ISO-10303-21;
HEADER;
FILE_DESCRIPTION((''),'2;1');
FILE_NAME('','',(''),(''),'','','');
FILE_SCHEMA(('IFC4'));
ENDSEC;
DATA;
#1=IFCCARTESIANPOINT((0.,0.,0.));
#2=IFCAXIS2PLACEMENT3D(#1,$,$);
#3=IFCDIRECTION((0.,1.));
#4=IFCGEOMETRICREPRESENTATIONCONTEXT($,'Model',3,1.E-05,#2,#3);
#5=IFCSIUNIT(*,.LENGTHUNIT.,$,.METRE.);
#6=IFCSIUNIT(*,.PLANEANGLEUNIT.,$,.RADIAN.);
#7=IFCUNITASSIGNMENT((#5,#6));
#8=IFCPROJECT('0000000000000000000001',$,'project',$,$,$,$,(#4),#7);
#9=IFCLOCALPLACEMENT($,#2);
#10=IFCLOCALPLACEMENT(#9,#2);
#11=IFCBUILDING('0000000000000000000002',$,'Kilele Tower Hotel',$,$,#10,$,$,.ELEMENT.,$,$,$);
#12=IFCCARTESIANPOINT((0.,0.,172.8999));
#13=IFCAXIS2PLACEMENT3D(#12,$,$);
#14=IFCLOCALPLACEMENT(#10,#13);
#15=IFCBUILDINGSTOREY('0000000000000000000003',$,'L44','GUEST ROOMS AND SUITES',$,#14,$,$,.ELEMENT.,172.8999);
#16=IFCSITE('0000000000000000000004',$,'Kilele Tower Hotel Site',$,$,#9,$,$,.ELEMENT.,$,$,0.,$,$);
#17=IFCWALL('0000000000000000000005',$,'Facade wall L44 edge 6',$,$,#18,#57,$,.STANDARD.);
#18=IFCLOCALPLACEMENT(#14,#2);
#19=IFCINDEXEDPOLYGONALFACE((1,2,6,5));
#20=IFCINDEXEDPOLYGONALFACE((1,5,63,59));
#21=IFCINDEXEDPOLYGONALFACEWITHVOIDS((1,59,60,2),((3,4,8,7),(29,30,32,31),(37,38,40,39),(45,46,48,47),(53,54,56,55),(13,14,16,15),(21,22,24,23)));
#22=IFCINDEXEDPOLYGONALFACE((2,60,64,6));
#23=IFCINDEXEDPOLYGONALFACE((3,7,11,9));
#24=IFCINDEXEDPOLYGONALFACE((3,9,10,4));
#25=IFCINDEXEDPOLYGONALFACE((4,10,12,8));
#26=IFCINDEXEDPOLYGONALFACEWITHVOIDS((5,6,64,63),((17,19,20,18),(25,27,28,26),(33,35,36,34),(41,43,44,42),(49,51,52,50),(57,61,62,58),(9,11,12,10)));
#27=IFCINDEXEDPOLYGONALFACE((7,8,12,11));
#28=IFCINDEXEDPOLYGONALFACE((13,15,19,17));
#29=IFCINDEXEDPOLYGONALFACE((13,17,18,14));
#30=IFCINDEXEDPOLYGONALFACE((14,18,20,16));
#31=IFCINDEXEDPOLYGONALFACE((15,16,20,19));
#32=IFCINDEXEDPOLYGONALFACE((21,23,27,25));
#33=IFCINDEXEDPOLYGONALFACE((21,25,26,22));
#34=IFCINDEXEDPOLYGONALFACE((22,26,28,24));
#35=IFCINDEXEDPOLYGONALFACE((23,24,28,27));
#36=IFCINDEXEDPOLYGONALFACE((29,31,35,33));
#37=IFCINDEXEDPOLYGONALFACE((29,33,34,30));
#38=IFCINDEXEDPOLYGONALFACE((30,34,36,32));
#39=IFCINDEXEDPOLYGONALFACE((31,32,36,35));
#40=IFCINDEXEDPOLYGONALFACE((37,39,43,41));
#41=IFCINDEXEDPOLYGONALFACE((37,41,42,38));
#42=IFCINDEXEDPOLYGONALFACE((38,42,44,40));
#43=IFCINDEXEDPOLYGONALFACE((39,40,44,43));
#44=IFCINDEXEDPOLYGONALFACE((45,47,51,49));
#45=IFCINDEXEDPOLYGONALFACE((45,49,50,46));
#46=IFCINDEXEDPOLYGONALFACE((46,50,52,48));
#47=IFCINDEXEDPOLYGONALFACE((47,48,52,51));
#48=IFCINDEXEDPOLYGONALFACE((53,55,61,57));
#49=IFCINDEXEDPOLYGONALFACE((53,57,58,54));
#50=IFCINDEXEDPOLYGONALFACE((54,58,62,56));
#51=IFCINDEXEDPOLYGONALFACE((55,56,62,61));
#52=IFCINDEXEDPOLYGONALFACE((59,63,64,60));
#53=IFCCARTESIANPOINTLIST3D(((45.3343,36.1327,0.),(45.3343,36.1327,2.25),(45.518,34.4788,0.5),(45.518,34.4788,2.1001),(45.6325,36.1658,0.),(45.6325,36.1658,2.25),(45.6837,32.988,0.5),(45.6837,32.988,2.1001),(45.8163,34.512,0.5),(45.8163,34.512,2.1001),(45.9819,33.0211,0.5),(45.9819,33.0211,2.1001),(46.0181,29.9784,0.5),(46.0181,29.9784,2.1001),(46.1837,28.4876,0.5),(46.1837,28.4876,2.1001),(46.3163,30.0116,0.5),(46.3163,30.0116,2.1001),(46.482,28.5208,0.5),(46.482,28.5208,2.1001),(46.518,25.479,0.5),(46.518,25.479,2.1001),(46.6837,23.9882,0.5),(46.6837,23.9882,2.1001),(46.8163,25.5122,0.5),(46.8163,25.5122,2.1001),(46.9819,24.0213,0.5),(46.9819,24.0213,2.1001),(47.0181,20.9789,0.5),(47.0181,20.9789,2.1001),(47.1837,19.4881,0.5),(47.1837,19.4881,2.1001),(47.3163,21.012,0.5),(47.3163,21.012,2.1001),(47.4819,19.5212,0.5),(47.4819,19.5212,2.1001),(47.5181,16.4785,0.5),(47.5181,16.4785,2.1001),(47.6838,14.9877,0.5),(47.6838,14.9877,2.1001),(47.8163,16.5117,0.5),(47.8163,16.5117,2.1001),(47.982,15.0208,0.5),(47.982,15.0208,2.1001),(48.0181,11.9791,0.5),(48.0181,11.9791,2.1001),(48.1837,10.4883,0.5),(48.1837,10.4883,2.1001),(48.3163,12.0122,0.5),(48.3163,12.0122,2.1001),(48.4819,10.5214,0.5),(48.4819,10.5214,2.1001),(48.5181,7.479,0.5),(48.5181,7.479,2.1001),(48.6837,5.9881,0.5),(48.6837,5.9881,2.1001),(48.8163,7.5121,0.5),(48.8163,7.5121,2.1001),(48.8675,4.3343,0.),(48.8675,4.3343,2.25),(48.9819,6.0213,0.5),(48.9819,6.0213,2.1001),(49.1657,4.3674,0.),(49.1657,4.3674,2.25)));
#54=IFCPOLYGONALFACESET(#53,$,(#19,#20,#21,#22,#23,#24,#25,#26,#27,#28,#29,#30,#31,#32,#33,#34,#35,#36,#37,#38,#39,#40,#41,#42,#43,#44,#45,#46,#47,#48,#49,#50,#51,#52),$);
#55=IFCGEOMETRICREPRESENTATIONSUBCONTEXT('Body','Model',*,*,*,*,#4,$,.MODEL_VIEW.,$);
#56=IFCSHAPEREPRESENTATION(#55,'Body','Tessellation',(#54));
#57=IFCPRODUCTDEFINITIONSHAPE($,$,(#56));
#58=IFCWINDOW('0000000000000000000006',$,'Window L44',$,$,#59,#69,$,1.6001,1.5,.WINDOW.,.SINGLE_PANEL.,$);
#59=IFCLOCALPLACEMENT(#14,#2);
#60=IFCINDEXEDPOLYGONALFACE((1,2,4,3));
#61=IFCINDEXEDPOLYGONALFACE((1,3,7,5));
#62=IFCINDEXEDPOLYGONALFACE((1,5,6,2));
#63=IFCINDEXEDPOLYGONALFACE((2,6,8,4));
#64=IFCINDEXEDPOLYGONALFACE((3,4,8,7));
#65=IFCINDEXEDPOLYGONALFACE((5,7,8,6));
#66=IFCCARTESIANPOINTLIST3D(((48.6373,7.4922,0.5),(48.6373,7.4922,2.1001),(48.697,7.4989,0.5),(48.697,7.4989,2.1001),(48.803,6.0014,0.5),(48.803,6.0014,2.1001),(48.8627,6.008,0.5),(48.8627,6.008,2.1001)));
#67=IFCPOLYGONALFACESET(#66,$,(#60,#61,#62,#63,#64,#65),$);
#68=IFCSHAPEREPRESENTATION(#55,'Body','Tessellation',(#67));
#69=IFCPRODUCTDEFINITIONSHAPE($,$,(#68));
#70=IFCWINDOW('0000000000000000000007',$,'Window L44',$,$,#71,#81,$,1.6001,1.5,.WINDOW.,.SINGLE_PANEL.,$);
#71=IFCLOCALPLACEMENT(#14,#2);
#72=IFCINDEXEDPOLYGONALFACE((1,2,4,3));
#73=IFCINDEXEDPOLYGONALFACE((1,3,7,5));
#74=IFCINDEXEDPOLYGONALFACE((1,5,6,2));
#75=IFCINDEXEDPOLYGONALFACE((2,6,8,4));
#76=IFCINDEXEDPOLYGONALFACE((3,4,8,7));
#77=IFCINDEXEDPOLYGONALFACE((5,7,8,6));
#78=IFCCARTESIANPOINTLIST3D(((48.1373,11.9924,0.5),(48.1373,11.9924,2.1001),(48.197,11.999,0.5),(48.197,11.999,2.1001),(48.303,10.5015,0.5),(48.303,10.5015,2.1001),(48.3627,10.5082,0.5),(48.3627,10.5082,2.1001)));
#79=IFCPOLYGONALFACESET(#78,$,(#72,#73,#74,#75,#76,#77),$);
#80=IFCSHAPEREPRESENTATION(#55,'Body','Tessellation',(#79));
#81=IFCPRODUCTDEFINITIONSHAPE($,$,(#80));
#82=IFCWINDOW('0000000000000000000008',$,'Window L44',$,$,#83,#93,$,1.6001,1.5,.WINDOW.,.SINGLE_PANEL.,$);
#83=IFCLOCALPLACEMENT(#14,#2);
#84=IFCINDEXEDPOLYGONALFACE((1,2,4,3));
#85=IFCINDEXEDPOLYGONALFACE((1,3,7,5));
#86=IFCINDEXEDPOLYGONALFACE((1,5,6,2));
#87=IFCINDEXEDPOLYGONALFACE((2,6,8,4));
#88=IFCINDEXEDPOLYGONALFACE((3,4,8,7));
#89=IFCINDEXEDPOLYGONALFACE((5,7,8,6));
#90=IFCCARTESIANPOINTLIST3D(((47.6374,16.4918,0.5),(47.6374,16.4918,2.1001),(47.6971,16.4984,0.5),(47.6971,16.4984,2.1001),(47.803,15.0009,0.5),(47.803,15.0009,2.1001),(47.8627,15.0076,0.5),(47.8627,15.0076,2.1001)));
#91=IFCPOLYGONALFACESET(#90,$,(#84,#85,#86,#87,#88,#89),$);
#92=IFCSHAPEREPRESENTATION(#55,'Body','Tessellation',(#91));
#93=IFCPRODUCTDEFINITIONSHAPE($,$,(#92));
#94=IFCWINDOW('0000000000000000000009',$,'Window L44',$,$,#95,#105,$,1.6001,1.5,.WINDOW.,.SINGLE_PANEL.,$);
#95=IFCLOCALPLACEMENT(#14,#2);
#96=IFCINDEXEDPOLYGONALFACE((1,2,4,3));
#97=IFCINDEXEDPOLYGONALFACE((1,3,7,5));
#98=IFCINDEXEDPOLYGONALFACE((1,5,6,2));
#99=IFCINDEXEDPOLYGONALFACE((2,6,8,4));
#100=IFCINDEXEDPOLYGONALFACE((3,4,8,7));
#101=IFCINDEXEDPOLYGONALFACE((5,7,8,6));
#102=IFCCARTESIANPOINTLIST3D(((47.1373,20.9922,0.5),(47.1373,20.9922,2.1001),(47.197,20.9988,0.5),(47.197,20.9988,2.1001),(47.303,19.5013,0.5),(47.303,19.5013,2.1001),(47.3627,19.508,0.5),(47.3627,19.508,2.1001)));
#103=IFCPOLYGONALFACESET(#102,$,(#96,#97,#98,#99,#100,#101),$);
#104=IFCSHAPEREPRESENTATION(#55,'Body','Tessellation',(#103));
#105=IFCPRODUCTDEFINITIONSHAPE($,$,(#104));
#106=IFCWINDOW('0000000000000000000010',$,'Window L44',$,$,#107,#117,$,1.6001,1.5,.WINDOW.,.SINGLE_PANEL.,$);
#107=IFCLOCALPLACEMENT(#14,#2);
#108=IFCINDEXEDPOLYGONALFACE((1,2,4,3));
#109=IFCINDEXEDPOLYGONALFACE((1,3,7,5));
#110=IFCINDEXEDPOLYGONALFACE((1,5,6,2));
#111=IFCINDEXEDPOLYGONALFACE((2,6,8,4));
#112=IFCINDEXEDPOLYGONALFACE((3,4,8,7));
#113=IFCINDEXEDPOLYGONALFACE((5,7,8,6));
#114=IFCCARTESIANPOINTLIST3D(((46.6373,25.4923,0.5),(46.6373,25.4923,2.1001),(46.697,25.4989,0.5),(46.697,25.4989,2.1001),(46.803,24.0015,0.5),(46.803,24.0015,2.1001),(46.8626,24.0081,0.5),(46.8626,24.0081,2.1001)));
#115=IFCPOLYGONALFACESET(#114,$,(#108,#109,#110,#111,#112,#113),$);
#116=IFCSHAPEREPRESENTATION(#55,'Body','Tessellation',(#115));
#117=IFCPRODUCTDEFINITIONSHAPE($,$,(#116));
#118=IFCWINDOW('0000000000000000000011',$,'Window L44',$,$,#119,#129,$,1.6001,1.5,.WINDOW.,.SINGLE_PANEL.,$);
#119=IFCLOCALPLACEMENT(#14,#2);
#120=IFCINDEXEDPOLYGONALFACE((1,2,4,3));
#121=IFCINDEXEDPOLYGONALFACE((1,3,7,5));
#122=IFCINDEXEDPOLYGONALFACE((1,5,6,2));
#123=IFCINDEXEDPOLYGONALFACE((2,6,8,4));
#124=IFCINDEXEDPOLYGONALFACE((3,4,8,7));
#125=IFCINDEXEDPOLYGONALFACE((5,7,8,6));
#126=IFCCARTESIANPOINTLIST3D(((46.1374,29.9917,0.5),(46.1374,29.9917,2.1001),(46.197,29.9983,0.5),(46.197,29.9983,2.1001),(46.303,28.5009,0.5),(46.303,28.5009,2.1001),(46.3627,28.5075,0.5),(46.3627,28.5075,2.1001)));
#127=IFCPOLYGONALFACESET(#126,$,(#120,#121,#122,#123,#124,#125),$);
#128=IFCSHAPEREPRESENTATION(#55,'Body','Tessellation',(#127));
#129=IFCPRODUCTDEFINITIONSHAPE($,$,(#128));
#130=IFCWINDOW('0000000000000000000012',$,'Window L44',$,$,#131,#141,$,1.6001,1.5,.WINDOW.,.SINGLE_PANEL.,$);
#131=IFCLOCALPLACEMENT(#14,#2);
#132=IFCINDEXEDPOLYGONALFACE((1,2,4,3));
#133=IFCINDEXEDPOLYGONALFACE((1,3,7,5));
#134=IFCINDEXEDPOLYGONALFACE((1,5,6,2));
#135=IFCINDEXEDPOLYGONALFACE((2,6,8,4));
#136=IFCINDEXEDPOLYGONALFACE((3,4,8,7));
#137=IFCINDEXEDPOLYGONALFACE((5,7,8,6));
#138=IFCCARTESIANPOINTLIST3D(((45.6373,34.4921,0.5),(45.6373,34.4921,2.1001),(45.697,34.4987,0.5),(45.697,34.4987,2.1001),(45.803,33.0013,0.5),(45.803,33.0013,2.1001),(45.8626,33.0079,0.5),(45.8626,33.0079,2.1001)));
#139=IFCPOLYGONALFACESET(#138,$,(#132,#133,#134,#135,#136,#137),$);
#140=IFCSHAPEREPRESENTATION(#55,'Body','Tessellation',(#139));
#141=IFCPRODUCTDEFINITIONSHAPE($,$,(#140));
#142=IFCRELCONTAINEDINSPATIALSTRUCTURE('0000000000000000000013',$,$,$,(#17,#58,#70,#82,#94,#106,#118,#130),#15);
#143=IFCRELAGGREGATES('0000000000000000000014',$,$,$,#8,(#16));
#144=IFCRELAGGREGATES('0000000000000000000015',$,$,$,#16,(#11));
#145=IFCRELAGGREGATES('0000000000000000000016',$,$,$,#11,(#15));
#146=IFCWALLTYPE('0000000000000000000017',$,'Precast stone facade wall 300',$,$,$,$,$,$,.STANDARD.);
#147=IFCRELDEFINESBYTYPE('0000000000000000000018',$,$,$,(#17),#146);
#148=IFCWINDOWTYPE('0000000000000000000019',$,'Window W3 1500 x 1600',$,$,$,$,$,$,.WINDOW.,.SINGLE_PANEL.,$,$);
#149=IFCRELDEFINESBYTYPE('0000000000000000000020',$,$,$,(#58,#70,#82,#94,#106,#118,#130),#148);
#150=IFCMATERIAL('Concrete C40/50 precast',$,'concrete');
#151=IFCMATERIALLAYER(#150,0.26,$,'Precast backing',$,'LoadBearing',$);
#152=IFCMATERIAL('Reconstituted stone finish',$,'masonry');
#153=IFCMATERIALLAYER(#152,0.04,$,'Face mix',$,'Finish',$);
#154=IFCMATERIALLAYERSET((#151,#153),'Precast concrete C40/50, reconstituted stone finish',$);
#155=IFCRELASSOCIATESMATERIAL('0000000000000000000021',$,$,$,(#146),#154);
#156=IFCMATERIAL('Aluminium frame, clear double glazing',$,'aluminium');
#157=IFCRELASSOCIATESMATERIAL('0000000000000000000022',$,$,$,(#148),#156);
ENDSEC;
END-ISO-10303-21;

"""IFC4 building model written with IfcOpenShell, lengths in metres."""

from ifc_helpers import new_model, si_unit, direction, frame, frame_2d, origin, place, context, subcontext, project, spatial, rectangle, extrude, material, layer, layer_set, type_object, element, fill, save


model = new_model("IFC4")

# Units and contexts
model_context = context("Model", 3, precision=1e-05, world=origin(), true_north=direction((0.0, 1.0)))
body_context = subcontext(model_context, "Body", "Model", "MODEL_VIEW")
ifc_project = project(units=[si_unit("LENGTHUNIT", "METRE"), si_unit("PLANEANGLEUNIT", "RADIAN")], contexts=[model_context])

# Site, building, storey
site_placement = place(None, origin())
site = spatial("IfcSite", under=ifc_project, at=site_placement, Name="Kilele Tower Hotel Site", CompositionType="ELEMENT", RefElevation=0.0)
building_placement = place(site_placement, origin())
building = spatial("IfcBuilding", under=site, at=building_placement, Name="Kilele Tower Hotel", CompositionType="ELEMENT")
storey_placement = place(building_placement, frame((0.0, 0.0, 172.8999)))
storey = spatial("IfcBuildingStorey", under=building, at=storey_placement, Name="L44", Description="GUEST ROOMS AND SUITES", CompositionType="ELEMENT", Elevation=172.8999)

# Shared definitions
ifc_material_1 = material(Name="Concrete C40/50 precast", Category="concrete")
ifc_layer_1 = layer(ifc_material_1, 0.26, Name="Precast backing", Category="LoadBearing")
ifc_material_2 = material(Name="Reconstituted stone finish", Category="masonry")
ifc_layer_2 = layer(ifc_material_2, 0.04, Name="Face mix", Category="Finish")
ifc_layer_set_1 = layer_set([ifc_layer_1, ifc_layer_2], Name="Precast concrete C40/50, reconstituted stone finish")
wall_type_1 = type_object("IfcWallType", Name="Precast stone facade wall 300", PredefinedType="STANDARD", material=ifc_layer_set_1)
ifc_material_3 = material(Name="Aluminium frame, clear double glazing", Category="aluminium")
window_type_1 = type_object("IfcWindowType", Name="Window W3 1500 x 1600", PartitioningType="SINGLE_PANEL", PredefinedType="WINDOW", material=ifc_material_3)

# Wall, openings, windows
wall_1_placement = place(storey_placement, frame((49.0166, 4.3508, 0.0), z_axis=(0.0, 0.0, 1.0), x_axis=(-0.110433, 0.993884, 0.0)))
wall_1 = element("IfcWall", 1, at=wall_1_placement, inside=storey, type_object=wall_type_1, Name="Facade wall L44 edge 6", PredefinedType="STANDARD", context=body_context, shape_type="SweptSolid", body=[
    extrude(rectangle(XDim=31.9941, YDim=0.3, at=frame_2d((15.9971, 0.0))), origin(), (0.0, 0.0, 1.0), 2.25),
])
opening_1_placement = place(wall_1_placement, frame((1.6641, 0.0, 0.5)))
opening_1 = element("IfcOpeningElement", 2, at=opening_1_placement, cuts=wall_1, PredefinedType="OPENING", context=body_context, shape_type="SweptSolid", body=[
    extrude(rectangle(XDim=1.5, YDim=1.6001, at=frame_2d((0.75, 0.8))), frame((0.0, 0.1599, 0.0), z_axis=(0.0, -1.0, 0.0), x_axis=(1.0, 0.0, 0.0)), (0.0, 0.0, 1.0), 0.3201),
])
opening_2_placement = place(wall_1_placement, frame((6.1919, 0.0, 0.5)))
opening_2 = element("IfcOpeningElement", 3, at=opening_2_placement, cuts=wall_1, PredefinedType="OPENING", context=body_context, shape_type="SweptSolid", body=[
    extrude(rectangle(XDim=1.5, YDim=1.6001, at=frame_2d((0.75, 0.8))), frame((0.0, 0.1599, 0.0), z_axis=(0.0, -1.0, 0.0), x_axis=(1.0, 0.0, 0.0)), (0.0, 0.0, 1.0), 0.3201),
])
opening_3_placement = place(wall_1_placement, frame((10.719, 0.0, 0.5)))
opening_3 = element("IfcOpeningElement", 4, at=opening_3_placement, cuts=wall_1, PredefinedType="OPENING", context=body_context, shape_type="SweptSolid", body=[
    extrude(rectangle(XDim=1.5, YDim=1.6001, at=frame_2d((0.75, 0.8))), frame((0.0, 0.1599, 0.0), z_axis=(0.0, -1.0, 0.0), x_axis=(1.0, 0.0, 0.0)), (0.0, 0.0, 1.0), 0.3201),
])
opening_4_placement = place(wall_1_placement, frame((15.2471, 0.0, 0.5)))
opening_4 = element("IfcOpeningElement", 5, at=opening_4_placement, cuts=wall_1, PredefinedType="OPENING", context=body_context, shape_type="SweptSolid", body=[
    extrude(rectangle(XDim=1.5, YDim=1.6001, at=frame_2d((0.75, 0.8))), frame((0.0, 0.1599, 0.0), z_axis=(0.0, -1.0, 0.0), x_axis=(1.0, 0.0, 0.0)), (0.0, 0.0, 1.0), 0.3201),
])
opening_5_placement = place(wall_1_placement, frame((19.7749, 0.0, 0.5)))
opening_5 = element("IfcOpeningElement", 6, at=opening_5_placement, cuts=wall_1, PredefinedType="OPENING", context=body_context, shape_type="SweptSolid", body=[
    extrude(rectangle(XDim=1.5, YDim=1.6001, at=frame_2d((0.75, 0.8))), frame((0.0, 0.1599, 0.0), z_axis=(0.0, -1.0, 0.0), x_axis=(1.0, 0.0, 0.0)), (0.0, 0.0, 1.0), 0.3201),
])
opening_6_placement = place(wall_1_placement, frame((24.302, 0.0, 0.5)))
opening_6 = element("IfcOpeningElement", 7, at=opening_6_placement, cuts=wall_1, PredefinedType="OPENING", context=body_context, shape_type="SweptSolid", body=[
    extrude(rectangle(XDim=1.5, YDim=1.6001, at=frame_2d((0.75, 0.8))), frame((0.0, 0.1599, 0.0), z_axis=(0.0, -1.0, 0.0), x_axis=(1.0, 0.0, 0.0)), (0.0, 0.0, 1.0), 0.3201),
])
opening_7_placement = place(wall_1_placement, frame((28.8301, 0.0, 0.5)))
opening_7 = element("IfcOpeningElement", 8, at=opening_7_placement, cuts=wall_1, PredefinedType="OPENING", context=body_context, shape_type="SweptSolid", body=[
    extrude(rectangle(XDim=1.5, YDim=1.6001, at=frame_2d((0.75, 0.8))), frame((0.0, 0.1599, 0.0), z_axis=(0.0, -1.0, 0.0), x_axis=(1.0, 0.0, 0.0)), (0.0, 0.0, 1.0), 0.3201),
])
window_1_placement = place(opening_1_placement, origin())
window_1 = element("IfcWindow", 9, at=window_1_placement, inside=storey, type_object=window_type_1, Name="Window L44", OverallHeight=1.6001, OverallWidth=1.5, PartitioningType="SINGLE_PANEL", PredefinedType="WINDOW", context=body_context, shape_type="SweptSolid", body=[
    extrude(rectangle(XDim=1.5, YDim=1.6001, at=frame_2d((0.75, 0.8))), frame((0.0, 0.03, 0.0), z_axis=(0.0, -1.0, 0.0), x_axis=(1.0, 0.0, 0.0)), (0.0, 0.0, 1.0), 0.0601),
])
fill(opening_1, window_1)
window_2_placement = place(opening_2_placement, origin())
window_2 = element("IfcWindow", 10, at=window_2_placement, inside=storey, type_object=window_type_1, Name="Window L44", OverallHeight=1.6001, OverallWidth=1.5, PartitioningType="SINGLE_PANEL", PredefinedType="WINDOW", context=body_context, shape_type="SweptSolid", body=[
    extrude(rectangle(XDim=1.5, YDim=1.6001, at=frame_2d((0.75, 0.8))), frame((0.0, 0.03, 0.0), z_axis=(0.0, -1.0, 0.0), x_axis=(1.0, 0.0, 0.0)), (0.0, 0.0, 1.0), 0.0601),
])
fill(opening_2, window_2)
window_3_placement = place(opening_3_placement, origin())
window_3 = element("IfcWindow", 11, at=window_3_placement, inside=storey, type_object=window_type_1, Name="Window L44", OverallHeight=1.6001, OverallWidth=1.5, PartitioningType="SINGLE_PANEL", PredefinedType="WINDOW", context=body_context, shape_type="SweptSolid", body=[
    extrude(rectangle(XDim=1.5, YDim=1.6001, at=frame_2d((0.75, 0.8))), frame((0.0, 0.03, 0.0), z_axis=(0.0, -1.0, 0.0), x_axis=(1.0, 0.0, 0.0)), (0.0, 0.0, 1.0), 0.0601),
])
fill(opening_3, window_3)
window_4_placement = place(opening_4_placement, origin())
window_4 = element("IfcWindow", 12, at=window_4_placement, inside=storey, type_object=window_type_1, Name="Window L44", OverallHeight=1.6001, OverallWidth=1.5, PartitioningType="SINGLE_PANEL", PredefinedType="WINDOW", context=body_context, shape_type="SweptSolid", body=[
    extrude(rectangle(XDim=1.5, YDim=1.6001, at=frame_2d((0.75, 0.8))), frame((0.0, 0.03, 0.0), z_axis=(0.0, -1.0, 0.0), x_axis=(1.0, 0.0, 0.0)), (0.0, 0.0, 1.0), 0.0601),
])
fill(opening_4, window_4)
window_5_placement = place(opening_5_placement, origin())
window_5 = element("IfcWindow", 13, at=window_5_placement, inside=storey, type_object=window_type_1, Name="Window L44", OverallHeight=1.6001, OverallWidth=1.5, PartitioningType="SINGLE_PANEL", PredefinedType="WINDOW", context=body_context, shape_type="SweptSolid", body=[
    extrude(rectangle(XDim=1.5, YDim=1.6001, at=frame_2d((0.75, 0.8))), frame((0.0, 0.03, 0.0), z_axis=(0.0, -1.0, 0.0), x_axis=(1.0, 0.0, 0.0)), (0.0, 0.0, 1.0), 0.0601),
])
fill(opening_5, window_5)
window_6_placement = place(opening_6_placement, origin())
window_6 = element("IfcWindow", 14, at=window_6_placement, inside=storey, type_object=window_type_1, Name="Window L44", OverallHeight=1.6001, OverallWidth=1.5, PartitioningType="SINGLE_PANEL", PredefinedType="WINDOW", context=body_context, shape_type="SweptSolid", body=[
    extrude(rectangle(XDim=1.5, YDim=1.6001, at=frame_2d((0.75, 0.8))), frame((0.0, 0.03, 0.0), z_axis=(0.0, -1.0, 0.0), x_axis=(1.0, 0.0, 0.0)), (0.0, 0.0, 1.0), 0.0601),
])
fill(opening_6, window_6)
window_7_placement = place(opening_7_placement, origin())
window_7 = element("IfcWindow", 15, at=window_7_placement, inside=storey, type_object=window_type_1, Name="Window L44", OverallHeight=1.6001, OverallWidth=1.5, PartitioningType="SINGLE_PANEL", PredefinedType="WINDOW", context=body_context, shape_type="SweptSolid", body=[
    extrude(rectangle(XDim=1.5, YDim=1.6001, at=frame_2d((0.75, 0.8))), frame((0.0, 0.03, 0.0), z_axis=(0.0, -1.0, 0.0), x_axis=(1.0, 0.0, 0.0)), (0.0, 0.0, 1.0), 0.0601),
])
fill(opening_7, window_7)

save(model, "model.ifc")
